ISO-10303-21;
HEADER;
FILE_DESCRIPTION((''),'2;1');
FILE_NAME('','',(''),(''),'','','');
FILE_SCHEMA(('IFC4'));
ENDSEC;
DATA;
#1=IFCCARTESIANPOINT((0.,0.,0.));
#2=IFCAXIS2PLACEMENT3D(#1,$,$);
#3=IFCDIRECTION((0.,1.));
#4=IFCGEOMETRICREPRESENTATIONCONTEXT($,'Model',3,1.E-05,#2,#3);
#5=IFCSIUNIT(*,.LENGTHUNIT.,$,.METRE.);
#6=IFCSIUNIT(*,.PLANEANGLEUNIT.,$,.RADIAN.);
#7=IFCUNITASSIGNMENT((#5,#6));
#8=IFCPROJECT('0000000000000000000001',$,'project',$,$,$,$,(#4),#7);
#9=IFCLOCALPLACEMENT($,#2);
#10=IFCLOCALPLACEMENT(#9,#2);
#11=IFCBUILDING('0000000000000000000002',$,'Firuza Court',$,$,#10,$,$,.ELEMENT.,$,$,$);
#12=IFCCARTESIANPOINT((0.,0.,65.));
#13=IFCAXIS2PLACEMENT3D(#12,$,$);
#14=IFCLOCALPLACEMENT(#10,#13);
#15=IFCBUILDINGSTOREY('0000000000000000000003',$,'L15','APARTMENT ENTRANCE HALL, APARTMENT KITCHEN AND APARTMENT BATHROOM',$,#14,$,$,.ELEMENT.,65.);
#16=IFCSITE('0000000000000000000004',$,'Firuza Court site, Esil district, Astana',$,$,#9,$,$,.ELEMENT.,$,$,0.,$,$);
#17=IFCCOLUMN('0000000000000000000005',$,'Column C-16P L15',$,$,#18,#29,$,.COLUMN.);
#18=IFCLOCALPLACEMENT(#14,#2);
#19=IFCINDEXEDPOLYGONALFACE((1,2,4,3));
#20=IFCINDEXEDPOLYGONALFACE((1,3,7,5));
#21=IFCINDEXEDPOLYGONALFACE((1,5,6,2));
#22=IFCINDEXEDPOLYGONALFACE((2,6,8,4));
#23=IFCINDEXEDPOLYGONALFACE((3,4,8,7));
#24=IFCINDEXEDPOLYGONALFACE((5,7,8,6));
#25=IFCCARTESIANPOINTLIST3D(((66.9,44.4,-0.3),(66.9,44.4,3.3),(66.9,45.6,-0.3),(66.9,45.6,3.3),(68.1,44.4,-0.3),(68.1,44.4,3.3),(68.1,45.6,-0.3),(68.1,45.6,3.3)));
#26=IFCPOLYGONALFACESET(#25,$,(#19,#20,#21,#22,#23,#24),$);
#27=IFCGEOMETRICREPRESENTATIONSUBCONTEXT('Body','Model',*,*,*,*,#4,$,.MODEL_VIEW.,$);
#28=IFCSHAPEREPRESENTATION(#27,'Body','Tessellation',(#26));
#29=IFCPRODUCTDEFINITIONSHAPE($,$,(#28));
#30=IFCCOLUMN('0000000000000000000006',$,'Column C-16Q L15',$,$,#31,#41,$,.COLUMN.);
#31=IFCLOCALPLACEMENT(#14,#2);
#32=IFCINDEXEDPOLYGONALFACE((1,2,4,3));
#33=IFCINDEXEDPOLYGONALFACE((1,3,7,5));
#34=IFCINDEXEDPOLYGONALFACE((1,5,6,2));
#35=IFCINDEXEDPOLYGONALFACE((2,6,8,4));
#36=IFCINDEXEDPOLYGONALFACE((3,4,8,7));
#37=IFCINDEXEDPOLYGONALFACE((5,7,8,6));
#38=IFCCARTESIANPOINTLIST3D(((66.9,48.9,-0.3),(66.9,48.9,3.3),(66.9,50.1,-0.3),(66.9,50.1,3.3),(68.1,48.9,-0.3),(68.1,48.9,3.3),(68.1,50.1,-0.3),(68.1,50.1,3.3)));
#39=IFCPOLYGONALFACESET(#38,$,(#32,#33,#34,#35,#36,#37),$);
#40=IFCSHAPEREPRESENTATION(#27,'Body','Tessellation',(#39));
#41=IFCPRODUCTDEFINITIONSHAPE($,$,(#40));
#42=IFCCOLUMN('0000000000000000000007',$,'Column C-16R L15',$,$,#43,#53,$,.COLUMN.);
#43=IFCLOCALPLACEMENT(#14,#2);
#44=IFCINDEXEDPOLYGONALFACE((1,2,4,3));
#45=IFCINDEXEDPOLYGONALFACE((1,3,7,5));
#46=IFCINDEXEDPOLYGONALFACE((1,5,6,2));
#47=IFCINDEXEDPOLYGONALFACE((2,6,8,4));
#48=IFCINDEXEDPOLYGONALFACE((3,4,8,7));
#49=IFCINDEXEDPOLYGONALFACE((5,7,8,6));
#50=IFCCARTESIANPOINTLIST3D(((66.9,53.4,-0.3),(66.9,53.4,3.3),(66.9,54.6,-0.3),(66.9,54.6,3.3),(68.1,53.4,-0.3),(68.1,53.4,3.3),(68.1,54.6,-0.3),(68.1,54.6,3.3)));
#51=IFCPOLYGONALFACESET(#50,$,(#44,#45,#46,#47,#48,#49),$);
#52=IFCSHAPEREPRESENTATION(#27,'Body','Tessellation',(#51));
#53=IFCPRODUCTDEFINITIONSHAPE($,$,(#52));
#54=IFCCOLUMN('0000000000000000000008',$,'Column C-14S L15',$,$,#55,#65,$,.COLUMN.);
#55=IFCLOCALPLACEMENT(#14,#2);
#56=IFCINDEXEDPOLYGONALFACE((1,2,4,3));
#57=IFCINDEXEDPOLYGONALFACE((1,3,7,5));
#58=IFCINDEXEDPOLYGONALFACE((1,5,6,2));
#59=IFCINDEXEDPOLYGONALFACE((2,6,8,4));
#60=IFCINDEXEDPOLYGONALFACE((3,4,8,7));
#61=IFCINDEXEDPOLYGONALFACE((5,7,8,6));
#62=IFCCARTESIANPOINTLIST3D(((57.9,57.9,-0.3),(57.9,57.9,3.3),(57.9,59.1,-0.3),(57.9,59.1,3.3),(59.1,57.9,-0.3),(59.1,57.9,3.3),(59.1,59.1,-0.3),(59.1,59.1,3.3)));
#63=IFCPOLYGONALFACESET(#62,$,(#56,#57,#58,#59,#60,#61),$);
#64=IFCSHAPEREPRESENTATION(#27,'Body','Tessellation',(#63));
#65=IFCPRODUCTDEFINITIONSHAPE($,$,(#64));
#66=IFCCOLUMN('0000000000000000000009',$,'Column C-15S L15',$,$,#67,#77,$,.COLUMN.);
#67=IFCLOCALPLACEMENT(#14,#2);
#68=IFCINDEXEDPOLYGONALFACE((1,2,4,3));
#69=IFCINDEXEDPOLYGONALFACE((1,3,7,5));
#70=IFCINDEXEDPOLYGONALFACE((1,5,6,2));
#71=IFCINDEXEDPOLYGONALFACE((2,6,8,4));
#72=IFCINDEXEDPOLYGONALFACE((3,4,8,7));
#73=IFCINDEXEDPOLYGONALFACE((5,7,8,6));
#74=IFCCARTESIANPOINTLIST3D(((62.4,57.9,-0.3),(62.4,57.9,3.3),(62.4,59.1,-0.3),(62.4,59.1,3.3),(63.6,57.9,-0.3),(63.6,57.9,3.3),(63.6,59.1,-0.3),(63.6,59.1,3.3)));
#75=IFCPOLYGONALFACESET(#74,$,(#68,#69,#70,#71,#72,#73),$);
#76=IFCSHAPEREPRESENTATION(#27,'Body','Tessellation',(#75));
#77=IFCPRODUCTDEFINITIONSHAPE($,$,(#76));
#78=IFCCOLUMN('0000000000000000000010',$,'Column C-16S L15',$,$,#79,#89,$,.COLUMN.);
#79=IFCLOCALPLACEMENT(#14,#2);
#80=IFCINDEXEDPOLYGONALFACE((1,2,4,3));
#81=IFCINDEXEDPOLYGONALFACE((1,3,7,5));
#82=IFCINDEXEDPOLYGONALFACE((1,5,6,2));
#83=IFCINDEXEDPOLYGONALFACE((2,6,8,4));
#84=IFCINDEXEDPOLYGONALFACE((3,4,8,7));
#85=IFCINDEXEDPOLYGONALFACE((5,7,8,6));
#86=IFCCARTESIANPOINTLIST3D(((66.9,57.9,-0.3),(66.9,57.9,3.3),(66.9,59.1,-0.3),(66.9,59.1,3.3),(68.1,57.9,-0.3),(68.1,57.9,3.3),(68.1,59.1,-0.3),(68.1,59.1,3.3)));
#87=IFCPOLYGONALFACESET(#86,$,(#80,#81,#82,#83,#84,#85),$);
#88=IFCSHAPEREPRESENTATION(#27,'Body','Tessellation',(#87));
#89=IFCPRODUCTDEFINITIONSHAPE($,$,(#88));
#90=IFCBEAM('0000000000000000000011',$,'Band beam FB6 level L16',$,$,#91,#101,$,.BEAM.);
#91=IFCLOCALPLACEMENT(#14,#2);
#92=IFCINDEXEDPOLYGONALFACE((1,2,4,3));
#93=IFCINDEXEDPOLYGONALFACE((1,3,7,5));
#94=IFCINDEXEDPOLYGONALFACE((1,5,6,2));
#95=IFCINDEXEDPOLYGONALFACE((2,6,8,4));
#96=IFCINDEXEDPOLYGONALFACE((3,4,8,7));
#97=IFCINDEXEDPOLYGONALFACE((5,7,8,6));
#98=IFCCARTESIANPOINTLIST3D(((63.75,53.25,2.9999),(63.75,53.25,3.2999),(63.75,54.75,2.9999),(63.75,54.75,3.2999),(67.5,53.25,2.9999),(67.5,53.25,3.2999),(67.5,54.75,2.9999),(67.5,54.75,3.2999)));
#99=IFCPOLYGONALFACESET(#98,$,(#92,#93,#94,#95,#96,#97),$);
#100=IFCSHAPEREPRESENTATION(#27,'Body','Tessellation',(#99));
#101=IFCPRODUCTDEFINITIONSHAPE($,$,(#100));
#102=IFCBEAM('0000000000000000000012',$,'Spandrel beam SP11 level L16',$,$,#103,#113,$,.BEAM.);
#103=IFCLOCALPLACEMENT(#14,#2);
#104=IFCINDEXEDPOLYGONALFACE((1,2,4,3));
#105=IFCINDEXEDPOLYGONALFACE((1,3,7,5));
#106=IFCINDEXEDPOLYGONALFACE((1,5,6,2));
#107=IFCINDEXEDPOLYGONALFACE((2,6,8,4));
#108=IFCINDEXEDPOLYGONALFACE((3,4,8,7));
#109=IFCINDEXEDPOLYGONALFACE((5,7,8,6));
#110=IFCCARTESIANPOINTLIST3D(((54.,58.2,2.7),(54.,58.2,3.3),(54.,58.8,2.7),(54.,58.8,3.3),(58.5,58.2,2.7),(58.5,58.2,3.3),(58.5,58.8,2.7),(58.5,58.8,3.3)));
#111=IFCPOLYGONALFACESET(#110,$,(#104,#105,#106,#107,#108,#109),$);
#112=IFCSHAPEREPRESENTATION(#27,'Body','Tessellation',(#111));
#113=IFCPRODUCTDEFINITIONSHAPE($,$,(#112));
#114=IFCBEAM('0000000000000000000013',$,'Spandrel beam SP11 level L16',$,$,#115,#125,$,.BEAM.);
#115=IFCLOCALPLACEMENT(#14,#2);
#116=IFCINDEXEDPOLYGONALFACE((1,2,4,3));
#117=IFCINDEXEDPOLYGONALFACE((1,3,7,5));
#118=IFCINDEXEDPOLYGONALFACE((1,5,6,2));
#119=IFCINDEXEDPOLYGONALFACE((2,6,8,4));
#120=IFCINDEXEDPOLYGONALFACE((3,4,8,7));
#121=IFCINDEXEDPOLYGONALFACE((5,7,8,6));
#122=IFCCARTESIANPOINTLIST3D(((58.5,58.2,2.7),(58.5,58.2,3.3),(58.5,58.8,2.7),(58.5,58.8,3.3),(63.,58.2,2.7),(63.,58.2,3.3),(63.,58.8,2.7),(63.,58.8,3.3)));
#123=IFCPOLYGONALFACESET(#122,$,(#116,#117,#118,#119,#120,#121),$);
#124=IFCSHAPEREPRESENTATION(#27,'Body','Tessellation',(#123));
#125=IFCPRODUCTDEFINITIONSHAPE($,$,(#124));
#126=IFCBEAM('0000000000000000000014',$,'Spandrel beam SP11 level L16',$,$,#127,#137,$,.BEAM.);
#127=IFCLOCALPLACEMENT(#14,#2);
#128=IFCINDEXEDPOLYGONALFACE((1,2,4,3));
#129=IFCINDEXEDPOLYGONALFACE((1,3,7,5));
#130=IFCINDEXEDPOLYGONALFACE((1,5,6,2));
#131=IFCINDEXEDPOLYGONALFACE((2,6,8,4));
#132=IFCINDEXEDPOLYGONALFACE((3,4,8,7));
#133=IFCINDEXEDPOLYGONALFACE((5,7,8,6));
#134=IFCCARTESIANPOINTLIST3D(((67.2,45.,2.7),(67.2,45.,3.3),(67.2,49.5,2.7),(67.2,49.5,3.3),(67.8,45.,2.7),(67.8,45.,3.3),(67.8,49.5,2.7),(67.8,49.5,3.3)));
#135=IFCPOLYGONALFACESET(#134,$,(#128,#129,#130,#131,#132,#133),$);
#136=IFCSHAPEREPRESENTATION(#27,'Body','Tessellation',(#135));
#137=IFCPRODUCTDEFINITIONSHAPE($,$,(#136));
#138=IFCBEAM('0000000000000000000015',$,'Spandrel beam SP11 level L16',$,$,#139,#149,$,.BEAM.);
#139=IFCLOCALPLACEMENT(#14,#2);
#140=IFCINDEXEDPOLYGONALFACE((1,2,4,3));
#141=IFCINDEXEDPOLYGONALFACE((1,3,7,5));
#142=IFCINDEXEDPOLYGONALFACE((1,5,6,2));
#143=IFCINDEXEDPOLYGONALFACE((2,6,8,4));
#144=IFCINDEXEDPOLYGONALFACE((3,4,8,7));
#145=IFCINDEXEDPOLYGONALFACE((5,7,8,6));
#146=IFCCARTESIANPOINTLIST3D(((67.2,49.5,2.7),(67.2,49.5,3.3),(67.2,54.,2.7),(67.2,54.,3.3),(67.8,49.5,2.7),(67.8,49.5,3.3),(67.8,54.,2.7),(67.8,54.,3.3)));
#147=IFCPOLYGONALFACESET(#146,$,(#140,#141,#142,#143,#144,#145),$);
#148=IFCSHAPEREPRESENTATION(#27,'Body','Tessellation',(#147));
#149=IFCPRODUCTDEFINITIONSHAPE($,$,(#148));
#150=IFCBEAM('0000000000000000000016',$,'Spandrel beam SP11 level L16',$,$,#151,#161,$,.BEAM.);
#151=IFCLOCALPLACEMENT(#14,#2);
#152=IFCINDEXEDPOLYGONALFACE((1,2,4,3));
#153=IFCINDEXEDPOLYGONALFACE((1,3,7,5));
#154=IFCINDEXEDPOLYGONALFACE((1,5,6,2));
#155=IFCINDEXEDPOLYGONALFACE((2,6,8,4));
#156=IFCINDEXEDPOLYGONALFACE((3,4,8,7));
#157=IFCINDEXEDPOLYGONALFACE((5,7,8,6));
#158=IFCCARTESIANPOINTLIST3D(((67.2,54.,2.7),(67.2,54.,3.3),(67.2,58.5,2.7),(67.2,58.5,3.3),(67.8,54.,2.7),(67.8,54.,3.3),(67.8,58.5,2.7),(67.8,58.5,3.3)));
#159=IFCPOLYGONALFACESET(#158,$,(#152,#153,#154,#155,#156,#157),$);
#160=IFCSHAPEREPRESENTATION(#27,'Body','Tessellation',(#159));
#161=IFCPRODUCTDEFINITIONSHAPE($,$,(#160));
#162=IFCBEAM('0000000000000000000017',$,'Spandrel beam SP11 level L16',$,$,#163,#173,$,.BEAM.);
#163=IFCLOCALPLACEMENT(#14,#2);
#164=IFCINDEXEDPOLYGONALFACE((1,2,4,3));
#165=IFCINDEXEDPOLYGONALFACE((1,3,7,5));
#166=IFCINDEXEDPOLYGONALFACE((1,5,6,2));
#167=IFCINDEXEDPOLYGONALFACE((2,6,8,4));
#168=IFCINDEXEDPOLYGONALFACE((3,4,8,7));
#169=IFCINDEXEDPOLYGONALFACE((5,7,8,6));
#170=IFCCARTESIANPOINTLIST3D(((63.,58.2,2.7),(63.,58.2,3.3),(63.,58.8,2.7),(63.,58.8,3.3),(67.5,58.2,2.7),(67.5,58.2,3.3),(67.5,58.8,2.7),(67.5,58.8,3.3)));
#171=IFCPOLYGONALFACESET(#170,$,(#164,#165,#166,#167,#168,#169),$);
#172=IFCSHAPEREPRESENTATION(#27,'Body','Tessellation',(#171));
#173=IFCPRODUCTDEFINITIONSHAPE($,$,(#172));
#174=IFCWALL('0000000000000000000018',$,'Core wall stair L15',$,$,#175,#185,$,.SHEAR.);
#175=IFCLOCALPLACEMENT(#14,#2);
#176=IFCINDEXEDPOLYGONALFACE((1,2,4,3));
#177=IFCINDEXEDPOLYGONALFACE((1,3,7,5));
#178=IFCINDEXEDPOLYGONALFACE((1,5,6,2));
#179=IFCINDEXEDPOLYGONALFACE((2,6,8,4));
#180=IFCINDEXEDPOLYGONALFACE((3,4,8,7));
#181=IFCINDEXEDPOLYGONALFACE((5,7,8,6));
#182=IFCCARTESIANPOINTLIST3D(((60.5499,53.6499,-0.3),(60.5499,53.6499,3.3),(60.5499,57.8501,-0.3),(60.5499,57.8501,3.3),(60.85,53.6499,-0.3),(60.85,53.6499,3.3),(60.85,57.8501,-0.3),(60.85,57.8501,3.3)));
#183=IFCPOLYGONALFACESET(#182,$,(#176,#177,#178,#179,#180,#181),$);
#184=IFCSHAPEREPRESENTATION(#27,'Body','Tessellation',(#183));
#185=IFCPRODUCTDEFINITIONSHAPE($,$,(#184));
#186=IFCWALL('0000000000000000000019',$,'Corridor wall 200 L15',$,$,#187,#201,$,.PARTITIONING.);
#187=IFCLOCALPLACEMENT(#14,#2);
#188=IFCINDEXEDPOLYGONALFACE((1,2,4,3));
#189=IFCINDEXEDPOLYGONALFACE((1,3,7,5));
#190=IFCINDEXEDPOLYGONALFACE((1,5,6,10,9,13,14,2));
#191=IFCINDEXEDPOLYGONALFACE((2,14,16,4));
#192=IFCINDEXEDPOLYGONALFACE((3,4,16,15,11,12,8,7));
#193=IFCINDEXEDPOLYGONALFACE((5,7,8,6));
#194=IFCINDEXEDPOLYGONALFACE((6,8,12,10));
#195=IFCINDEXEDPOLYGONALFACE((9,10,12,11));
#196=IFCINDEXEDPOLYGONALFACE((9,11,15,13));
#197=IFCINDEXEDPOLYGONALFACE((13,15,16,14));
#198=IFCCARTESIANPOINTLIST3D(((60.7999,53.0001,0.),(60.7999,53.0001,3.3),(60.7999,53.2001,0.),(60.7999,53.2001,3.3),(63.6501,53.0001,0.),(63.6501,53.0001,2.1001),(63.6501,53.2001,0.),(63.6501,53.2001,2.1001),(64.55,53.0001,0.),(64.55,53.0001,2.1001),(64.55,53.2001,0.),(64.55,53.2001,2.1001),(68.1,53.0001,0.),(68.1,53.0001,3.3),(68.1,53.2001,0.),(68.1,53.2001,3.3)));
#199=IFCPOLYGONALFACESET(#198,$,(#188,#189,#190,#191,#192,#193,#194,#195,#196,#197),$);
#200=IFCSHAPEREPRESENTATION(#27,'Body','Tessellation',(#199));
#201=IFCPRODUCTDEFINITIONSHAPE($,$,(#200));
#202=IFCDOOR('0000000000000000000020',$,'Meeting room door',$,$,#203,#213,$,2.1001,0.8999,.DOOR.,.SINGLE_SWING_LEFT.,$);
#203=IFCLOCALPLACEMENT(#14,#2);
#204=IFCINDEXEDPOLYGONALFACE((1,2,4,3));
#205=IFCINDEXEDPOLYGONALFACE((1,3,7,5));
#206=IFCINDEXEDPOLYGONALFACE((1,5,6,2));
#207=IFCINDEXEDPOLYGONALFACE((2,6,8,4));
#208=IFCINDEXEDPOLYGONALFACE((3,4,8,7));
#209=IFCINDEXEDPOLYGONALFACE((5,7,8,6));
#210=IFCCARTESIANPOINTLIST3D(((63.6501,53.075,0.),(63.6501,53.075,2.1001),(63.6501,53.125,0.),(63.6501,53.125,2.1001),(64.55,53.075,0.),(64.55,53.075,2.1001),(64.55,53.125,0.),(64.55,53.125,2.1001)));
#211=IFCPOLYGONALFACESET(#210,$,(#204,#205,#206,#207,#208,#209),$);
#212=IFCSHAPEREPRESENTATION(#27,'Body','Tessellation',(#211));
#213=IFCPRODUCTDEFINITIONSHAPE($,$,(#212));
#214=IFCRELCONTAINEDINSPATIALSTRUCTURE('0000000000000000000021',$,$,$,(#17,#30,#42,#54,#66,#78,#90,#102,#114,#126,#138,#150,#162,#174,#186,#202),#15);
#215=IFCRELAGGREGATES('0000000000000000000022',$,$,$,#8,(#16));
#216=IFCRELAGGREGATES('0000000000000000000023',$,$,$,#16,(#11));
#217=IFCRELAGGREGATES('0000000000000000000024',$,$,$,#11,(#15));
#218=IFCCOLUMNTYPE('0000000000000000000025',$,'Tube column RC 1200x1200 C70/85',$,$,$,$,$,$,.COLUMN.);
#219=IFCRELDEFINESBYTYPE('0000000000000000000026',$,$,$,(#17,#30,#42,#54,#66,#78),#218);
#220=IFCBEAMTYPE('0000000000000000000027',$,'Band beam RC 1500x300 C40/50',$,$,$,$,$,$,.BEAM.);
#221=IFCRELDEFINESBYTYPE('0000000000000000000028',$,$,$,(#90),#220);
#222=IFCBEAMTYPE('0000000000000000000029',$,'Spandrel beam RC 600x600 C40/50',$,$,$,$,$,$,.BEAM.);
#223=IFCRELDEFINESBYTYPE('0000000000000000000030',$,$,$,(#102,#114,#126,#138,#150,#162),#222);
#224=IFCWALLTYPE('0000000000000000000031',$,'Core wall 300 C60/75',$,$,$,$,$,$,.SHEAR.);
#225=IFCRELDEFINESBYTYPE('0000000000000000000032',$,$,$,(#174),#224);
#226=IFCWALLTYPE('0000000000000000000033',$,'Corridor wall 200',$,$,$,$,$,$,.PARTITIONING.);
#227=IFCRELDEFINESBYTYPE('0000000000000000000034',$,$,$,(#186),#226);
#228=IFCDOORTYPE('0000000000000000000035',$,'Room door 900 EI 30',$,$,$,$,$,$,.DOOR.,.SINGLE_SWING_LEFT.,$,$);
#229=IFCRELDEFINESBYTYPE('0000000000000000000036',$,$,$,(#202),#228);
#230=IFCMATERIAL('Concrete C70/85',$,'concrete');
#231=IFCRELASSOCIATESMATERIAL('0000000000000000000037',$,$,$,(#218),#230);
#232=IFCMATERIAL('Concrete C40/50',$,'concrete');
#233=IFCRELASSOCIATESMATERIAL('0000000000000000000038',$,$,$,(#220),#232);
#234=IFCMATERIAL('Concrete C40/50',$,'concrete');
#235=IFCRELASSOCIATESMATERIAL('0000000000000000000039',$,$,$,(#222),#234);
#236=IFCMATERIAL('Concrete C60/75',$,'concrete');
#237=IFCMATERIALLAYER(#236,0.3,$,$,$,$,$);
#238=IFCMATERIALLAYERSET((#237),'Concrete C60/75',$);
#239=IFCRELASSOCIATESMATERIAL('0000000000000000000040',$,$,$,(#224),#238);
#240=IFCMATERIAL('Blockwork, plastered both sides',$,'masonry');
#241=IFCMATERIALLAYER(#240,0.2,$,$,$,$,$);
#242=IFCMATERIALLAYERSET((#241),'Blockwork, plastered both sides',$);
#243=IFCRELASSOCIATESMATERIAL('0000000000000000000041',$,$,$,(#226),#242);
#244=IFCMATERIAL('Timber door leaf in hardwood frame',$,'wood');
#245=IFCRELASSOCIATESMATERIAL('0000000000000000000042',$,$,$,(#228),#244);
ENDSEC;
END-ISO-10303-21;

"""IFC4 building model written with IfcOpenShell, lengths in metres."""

from ifc_helpers import new_model, si_unit, direction, frame, frame_2d, origin, origin_2d, place, context, subcontext, project, spatial, rectangle, extrude, material, layer, layer_set, material_profile, profile_set, type_object, element, fill, save


model = new_model("IFC4")

# Units and contexts
model_context = context("Model", 3, precision=1e-05, world=origin(), true_north=direction((0.0, 1.0)))
body_context = subcontext(model_context, "Body", "Model", "MODEL_VIEW")
ifc_project = project(units=[si_unit("LENGTHUNIT", "METRE"), si_unit("PLANEANGLEUNIT", "RADIAN")], contexts=[model_context])

# Site, building, storey
site_placement = place(None, origin())
site = spatial("IfcSite", under=ifc_project, at=site_placement, Name="Firuza Court site, Esil district, Astana", CompositionType="ELEMENT", RefElevation=0.0)
building_placement = place(site_placement, origin())
building = spatial("IfcBuilding", under=site, at=building_placement, Name="Firuza Court", CompositionType="ELEMENT")
storey_placement = place(building_placement, frame((0.0, 0.0, 65.0)))
storey = spatial("IfcBuildingStorey", under=building, at=storey_placement, Name="L15", Description="APARTMENT ENTRANCE HALL, APARTMENT KITCHEN AND APARTMENT BATHROOM", CompositionType="ELEMENT", Elevation=65.0)

# Columns
ifc_material_1 = material(Name="Concrete C70/85", Category="concrete")
ifc_material_profile_1 = material_profile(ifc_material_1, rectangle(XDim=1.2, YDim=1.2, at=origin_2d()), Name="RC 1200x1200")
ifc_profile_set_1 = profile_set([ifc_material_profile_1], Name="Concrete C70/85")
column_type = type_object("IfcColumnType", Name="Tube column RC 1200x1200 C70/85", PredefinedType="COLUMN", material=ifc_profile_set_1)
for number, where, z_axis, x_axis, name in (
    (1, (67.5, 45.0, -0.3), (0.0, 0.0, 1.0), (1.0, 0.0, 0.0), "Column C-16P L15"),
    (2, (67.5, 49.5, -0.3), (0.0, 0.0, 1.0), (1.0, 0.0, 0.0), "Column C-16Q L15"),
    (3, (67.5, 54.0, -0.3), (0.0, 0.0, 1.0), (1.0, 0.0, 0.0), "Column C-16R L15"),
    (4, (58.5, 58.5, -0.3), (0.0, 0.0, 1.0), (1.0, 0.0, 0.0), "Column C-14S L15"),
    (5, (63.0, 58.5, -0.3), (0.0, 0.0, 1.0), (1.0, 0.0, 0.0), "Column C-15S L15"),
    (6, (67.5, 58.5, -0.3), (0.0, 0.0, 1.0), (1.0, 0.0, 0.0), "Column C-16S L15"),
):
    element("IfcColumn", number, at=place(storey_placement, frame(where, z_axis=z_axis, x_axis=x_axis)), inside=storey, type_object=column_type, Name=name, PredefinedType="COLUMN", context=body_context, shape_type="SweptSolid", body=[
        extrude(rectangle(XDim=1.2, YDim=1.2, at=origin_2d()), origin(), (0.0, 0.0, 1.0), 3.6001),
    ])

# Beams
ifc_material_2 = material(Name="Concrete C40/50", Category="concrete")
ifc_material_profile_2 = material_profile(ifc_material_2, rectangle(XDim=1.5, YDim=0.3, at=origin_2d()), Name="RC 1500x300")
ifc_profile_set_2 = profile_set([ifc_material_profile_2], Name="Concrete C40/50")
beam_type_1 = type_object("IfcBeamType", Name="Band beam RC 1500x300 C40/50", PredefinedType="BEAM", material=ifc_profile_set_2)
beam_placement = place(storey_placement, frame((67.5, 54.0, 3.1499), z_axis=(-1.0, 0.0, 0.0), x_axis=(0.0, -1.0, 0.0)))
element("IfcBeam", 7, at=beam_placement, inside=storey, type_object=beam_type_1, Name="Band beam FB6 level L16", PredefinedType="BEAM", context=body_context, shape_type="SweptSolid", body=[
    extrude(rectangle(XDim=1.5, YDim=0.3, at=origin_2d()), origin(), (0.0, 0.0, 1.0), 3.75),
])
ifc_material_3 = material(Name="Concrete C40/50", Category="concrete")
ifc_material_profile_3 = material_profile(ifc_material_3, rectangle(XDim=0.6001, YDim=0.6001, at=origin_2d()), Name="RC 600x600")
ifc_profile_set_3 = profile_set([ifc_material_profile_3], Name="Concrete C40/50")
beam_type_2 = type_object("IfcBeamType", Name="Spandrel beam RC 600x600 C40/50", PredefinedType="BEAM", material=ifc_profile_set_3)
for number, where, z_axis, x_axis, name in (
    (8, (58.5, 58.5, 3.0), (-1.0, 0.0, 0.0), (0.0, -1.0, 0.0), "Spandrel beam SP11 level L16"),
    (9, (63.0, 58.5, 3.0), (-1.0, 0.0, 0.0), (0.0, -1.0, 0.0), "Spandrel beam SP11 level L16"),
    (10, (67.5, 45.0, 3.0), (0.0, 1.0, 0.0), (-1.0, 0.0, 0.0), "Spandrel beam SP11 level L16"),
    (11, (67.5, 49.5, 3.0), (0.0, 1.0, 0.0), (-1.0, 0.0, 0.0), "Spandrel beam SP11 level L16"),
    (12, (67.5, 54.0, 3.0), (0.0, 1.0, 0.0), (-1.0, 0.0, 0.0), "Spandrel beam SP11 level L16"),
    (13, (67.5, 58.5, 3.0), (-1.0, 0.0, 0.0), (0.0, -1.0, 0.0), "Spandrel beam SP11 level L16"),
):
    element("IfcBeam", number, at=place(storey_placement, frame(where, z_axis=z_axis, x_axis=x_axis)), inside=storey, type_object=beam_type_2, Name=name, PredefinedType="BEAM", context=body_context, shape_type="SweptSolid", body=[
        extrude(rectangle(XDim=0.6001, YDim=0.6001, at=origin_2d()), origin(), (0.0, 0.0, 1.0), 4.5),
    ])

# Wall
ifc_material_4 = material(Name="Concrete C60/75", Category="concrete")
ifc_layer_1 = layer(ifc_material_4, 0.3)
ifc_layer_set_1 = layer_set([ifc_layer_1], Name="Concrete C60/75")
wall_type_1 = type_object("IfcWallType", Name="Core wall 300 C60/75", PredefinedType="SHEAR", material=ifc_layer_set_1)
wall_1_placement = place(storey_placement, frame((60.7, 53.6499, -0.3), z_axis=(0.0, 0.0, 1.0), x_axis=(0.0, 1.0, 0.0)))
element("IfcWall", 14, at=wall_1_placement, inside=storey, type_object=wall_type_1, Name="Core wall stair L15", PredefinedType="SHEAR", context=body_context, shape_type="SweptSolid", body=[
    extrude(rectangle(XDim=4.2002, YDim=0.3, at=frame_2d((2.1001, 0.0))), origin(), (0.0, 0.0, 1.0), 3.6001),
])

# Wall, opening, door
ifc_material_5 = material(Name="Blockwork, plastered both sides", Category="masonry")
ifc_layer_2 = layer(ifc_material_5, 0.2)
ifc_layer_set_2 = layer_set([ifc_layer_2], Name="Blockwork, plastered both sides")
wall_type_2 = type_object("IfcWallType", Name="Corridor wall 200", PredefinedType="PARTITIONING", material=ifc_layer_set_2)
wall_2_placement = place(storey_placement, frame((60.8, 53.1001, 0.0), z_axis=(0.0, 0.0, 1.0), x_axis=(1.0, 0.0, 0.0)))
wall_2 = element("IfcWall", 15, at=wall_2_placement, inside=storey, type_object=wall_type_2, Name="Corridor wall 200 L15", PredefinedType="PARTITIONING", context=body_context, shape_type="SweptSolid", body=[
    extrude(rectangle(XDim=7.3, YDim=0.2, at=frame_2d((3.6499, 0.0))), origin(), (0.0, 0.0, 1.0), 3.3),
])
opening_1_placement = place(wall_2_placement, frame((2.8501, 0.0, 0.0)))
opening_1 = element("IfcOpeningElement", 16, at=opening_1_placement, cuts=wall_2, PredefinedType="OPENING", context=body_context, shape_type="SweptSolid", body=[
    extrude(rectangle(XDim=0.8999, YDim=2.1001, at=frame_2d((0.45, 1.05))), frame((0.0, 0.1118, 0.0), z_axis=(0.0, -1.0, 0.0), x_axis=(1.0, 0.0, 0.0)), (0.0, 0.0, 1.0), 0.2239),
])
ifc_material_6 = material(Name="Timber door leaf in hardwood frame", Category="wood")
door_type = type_object("IfcDoorType", Name="Room door 900 EI 30", OperationType="SINGLE_SWING_LEFT", PredefinedType="DOOR", material=ifc_material_6)
door_placement = place(opening_1_placement, origin())
door = element("IfcDoor", 17, at=door_placement, inside=storey, type_object=door_type, Name="Meeting room door", OperationType="SINGLE_SWING_LEFT", OverallHeight=2.1001, OverallWidth=0.8999, PredefinedType="DOOR", context=body_context, shape_type="SweptSolid", body=[
    extrude(rectangle(XDim=0.8999, YDim=2.1001, at=frame_2d((0.45, 1.05))), frame((0.0, 0.0249, 0.0), z_axis=(0.0, -1.0, 0.0), x_axis=(1.0, 0.0, 0.0)), (0.0, 0.0, 1.0), 0.05),
])
fill(opening_1, door)

save(model, "model.ifc")
